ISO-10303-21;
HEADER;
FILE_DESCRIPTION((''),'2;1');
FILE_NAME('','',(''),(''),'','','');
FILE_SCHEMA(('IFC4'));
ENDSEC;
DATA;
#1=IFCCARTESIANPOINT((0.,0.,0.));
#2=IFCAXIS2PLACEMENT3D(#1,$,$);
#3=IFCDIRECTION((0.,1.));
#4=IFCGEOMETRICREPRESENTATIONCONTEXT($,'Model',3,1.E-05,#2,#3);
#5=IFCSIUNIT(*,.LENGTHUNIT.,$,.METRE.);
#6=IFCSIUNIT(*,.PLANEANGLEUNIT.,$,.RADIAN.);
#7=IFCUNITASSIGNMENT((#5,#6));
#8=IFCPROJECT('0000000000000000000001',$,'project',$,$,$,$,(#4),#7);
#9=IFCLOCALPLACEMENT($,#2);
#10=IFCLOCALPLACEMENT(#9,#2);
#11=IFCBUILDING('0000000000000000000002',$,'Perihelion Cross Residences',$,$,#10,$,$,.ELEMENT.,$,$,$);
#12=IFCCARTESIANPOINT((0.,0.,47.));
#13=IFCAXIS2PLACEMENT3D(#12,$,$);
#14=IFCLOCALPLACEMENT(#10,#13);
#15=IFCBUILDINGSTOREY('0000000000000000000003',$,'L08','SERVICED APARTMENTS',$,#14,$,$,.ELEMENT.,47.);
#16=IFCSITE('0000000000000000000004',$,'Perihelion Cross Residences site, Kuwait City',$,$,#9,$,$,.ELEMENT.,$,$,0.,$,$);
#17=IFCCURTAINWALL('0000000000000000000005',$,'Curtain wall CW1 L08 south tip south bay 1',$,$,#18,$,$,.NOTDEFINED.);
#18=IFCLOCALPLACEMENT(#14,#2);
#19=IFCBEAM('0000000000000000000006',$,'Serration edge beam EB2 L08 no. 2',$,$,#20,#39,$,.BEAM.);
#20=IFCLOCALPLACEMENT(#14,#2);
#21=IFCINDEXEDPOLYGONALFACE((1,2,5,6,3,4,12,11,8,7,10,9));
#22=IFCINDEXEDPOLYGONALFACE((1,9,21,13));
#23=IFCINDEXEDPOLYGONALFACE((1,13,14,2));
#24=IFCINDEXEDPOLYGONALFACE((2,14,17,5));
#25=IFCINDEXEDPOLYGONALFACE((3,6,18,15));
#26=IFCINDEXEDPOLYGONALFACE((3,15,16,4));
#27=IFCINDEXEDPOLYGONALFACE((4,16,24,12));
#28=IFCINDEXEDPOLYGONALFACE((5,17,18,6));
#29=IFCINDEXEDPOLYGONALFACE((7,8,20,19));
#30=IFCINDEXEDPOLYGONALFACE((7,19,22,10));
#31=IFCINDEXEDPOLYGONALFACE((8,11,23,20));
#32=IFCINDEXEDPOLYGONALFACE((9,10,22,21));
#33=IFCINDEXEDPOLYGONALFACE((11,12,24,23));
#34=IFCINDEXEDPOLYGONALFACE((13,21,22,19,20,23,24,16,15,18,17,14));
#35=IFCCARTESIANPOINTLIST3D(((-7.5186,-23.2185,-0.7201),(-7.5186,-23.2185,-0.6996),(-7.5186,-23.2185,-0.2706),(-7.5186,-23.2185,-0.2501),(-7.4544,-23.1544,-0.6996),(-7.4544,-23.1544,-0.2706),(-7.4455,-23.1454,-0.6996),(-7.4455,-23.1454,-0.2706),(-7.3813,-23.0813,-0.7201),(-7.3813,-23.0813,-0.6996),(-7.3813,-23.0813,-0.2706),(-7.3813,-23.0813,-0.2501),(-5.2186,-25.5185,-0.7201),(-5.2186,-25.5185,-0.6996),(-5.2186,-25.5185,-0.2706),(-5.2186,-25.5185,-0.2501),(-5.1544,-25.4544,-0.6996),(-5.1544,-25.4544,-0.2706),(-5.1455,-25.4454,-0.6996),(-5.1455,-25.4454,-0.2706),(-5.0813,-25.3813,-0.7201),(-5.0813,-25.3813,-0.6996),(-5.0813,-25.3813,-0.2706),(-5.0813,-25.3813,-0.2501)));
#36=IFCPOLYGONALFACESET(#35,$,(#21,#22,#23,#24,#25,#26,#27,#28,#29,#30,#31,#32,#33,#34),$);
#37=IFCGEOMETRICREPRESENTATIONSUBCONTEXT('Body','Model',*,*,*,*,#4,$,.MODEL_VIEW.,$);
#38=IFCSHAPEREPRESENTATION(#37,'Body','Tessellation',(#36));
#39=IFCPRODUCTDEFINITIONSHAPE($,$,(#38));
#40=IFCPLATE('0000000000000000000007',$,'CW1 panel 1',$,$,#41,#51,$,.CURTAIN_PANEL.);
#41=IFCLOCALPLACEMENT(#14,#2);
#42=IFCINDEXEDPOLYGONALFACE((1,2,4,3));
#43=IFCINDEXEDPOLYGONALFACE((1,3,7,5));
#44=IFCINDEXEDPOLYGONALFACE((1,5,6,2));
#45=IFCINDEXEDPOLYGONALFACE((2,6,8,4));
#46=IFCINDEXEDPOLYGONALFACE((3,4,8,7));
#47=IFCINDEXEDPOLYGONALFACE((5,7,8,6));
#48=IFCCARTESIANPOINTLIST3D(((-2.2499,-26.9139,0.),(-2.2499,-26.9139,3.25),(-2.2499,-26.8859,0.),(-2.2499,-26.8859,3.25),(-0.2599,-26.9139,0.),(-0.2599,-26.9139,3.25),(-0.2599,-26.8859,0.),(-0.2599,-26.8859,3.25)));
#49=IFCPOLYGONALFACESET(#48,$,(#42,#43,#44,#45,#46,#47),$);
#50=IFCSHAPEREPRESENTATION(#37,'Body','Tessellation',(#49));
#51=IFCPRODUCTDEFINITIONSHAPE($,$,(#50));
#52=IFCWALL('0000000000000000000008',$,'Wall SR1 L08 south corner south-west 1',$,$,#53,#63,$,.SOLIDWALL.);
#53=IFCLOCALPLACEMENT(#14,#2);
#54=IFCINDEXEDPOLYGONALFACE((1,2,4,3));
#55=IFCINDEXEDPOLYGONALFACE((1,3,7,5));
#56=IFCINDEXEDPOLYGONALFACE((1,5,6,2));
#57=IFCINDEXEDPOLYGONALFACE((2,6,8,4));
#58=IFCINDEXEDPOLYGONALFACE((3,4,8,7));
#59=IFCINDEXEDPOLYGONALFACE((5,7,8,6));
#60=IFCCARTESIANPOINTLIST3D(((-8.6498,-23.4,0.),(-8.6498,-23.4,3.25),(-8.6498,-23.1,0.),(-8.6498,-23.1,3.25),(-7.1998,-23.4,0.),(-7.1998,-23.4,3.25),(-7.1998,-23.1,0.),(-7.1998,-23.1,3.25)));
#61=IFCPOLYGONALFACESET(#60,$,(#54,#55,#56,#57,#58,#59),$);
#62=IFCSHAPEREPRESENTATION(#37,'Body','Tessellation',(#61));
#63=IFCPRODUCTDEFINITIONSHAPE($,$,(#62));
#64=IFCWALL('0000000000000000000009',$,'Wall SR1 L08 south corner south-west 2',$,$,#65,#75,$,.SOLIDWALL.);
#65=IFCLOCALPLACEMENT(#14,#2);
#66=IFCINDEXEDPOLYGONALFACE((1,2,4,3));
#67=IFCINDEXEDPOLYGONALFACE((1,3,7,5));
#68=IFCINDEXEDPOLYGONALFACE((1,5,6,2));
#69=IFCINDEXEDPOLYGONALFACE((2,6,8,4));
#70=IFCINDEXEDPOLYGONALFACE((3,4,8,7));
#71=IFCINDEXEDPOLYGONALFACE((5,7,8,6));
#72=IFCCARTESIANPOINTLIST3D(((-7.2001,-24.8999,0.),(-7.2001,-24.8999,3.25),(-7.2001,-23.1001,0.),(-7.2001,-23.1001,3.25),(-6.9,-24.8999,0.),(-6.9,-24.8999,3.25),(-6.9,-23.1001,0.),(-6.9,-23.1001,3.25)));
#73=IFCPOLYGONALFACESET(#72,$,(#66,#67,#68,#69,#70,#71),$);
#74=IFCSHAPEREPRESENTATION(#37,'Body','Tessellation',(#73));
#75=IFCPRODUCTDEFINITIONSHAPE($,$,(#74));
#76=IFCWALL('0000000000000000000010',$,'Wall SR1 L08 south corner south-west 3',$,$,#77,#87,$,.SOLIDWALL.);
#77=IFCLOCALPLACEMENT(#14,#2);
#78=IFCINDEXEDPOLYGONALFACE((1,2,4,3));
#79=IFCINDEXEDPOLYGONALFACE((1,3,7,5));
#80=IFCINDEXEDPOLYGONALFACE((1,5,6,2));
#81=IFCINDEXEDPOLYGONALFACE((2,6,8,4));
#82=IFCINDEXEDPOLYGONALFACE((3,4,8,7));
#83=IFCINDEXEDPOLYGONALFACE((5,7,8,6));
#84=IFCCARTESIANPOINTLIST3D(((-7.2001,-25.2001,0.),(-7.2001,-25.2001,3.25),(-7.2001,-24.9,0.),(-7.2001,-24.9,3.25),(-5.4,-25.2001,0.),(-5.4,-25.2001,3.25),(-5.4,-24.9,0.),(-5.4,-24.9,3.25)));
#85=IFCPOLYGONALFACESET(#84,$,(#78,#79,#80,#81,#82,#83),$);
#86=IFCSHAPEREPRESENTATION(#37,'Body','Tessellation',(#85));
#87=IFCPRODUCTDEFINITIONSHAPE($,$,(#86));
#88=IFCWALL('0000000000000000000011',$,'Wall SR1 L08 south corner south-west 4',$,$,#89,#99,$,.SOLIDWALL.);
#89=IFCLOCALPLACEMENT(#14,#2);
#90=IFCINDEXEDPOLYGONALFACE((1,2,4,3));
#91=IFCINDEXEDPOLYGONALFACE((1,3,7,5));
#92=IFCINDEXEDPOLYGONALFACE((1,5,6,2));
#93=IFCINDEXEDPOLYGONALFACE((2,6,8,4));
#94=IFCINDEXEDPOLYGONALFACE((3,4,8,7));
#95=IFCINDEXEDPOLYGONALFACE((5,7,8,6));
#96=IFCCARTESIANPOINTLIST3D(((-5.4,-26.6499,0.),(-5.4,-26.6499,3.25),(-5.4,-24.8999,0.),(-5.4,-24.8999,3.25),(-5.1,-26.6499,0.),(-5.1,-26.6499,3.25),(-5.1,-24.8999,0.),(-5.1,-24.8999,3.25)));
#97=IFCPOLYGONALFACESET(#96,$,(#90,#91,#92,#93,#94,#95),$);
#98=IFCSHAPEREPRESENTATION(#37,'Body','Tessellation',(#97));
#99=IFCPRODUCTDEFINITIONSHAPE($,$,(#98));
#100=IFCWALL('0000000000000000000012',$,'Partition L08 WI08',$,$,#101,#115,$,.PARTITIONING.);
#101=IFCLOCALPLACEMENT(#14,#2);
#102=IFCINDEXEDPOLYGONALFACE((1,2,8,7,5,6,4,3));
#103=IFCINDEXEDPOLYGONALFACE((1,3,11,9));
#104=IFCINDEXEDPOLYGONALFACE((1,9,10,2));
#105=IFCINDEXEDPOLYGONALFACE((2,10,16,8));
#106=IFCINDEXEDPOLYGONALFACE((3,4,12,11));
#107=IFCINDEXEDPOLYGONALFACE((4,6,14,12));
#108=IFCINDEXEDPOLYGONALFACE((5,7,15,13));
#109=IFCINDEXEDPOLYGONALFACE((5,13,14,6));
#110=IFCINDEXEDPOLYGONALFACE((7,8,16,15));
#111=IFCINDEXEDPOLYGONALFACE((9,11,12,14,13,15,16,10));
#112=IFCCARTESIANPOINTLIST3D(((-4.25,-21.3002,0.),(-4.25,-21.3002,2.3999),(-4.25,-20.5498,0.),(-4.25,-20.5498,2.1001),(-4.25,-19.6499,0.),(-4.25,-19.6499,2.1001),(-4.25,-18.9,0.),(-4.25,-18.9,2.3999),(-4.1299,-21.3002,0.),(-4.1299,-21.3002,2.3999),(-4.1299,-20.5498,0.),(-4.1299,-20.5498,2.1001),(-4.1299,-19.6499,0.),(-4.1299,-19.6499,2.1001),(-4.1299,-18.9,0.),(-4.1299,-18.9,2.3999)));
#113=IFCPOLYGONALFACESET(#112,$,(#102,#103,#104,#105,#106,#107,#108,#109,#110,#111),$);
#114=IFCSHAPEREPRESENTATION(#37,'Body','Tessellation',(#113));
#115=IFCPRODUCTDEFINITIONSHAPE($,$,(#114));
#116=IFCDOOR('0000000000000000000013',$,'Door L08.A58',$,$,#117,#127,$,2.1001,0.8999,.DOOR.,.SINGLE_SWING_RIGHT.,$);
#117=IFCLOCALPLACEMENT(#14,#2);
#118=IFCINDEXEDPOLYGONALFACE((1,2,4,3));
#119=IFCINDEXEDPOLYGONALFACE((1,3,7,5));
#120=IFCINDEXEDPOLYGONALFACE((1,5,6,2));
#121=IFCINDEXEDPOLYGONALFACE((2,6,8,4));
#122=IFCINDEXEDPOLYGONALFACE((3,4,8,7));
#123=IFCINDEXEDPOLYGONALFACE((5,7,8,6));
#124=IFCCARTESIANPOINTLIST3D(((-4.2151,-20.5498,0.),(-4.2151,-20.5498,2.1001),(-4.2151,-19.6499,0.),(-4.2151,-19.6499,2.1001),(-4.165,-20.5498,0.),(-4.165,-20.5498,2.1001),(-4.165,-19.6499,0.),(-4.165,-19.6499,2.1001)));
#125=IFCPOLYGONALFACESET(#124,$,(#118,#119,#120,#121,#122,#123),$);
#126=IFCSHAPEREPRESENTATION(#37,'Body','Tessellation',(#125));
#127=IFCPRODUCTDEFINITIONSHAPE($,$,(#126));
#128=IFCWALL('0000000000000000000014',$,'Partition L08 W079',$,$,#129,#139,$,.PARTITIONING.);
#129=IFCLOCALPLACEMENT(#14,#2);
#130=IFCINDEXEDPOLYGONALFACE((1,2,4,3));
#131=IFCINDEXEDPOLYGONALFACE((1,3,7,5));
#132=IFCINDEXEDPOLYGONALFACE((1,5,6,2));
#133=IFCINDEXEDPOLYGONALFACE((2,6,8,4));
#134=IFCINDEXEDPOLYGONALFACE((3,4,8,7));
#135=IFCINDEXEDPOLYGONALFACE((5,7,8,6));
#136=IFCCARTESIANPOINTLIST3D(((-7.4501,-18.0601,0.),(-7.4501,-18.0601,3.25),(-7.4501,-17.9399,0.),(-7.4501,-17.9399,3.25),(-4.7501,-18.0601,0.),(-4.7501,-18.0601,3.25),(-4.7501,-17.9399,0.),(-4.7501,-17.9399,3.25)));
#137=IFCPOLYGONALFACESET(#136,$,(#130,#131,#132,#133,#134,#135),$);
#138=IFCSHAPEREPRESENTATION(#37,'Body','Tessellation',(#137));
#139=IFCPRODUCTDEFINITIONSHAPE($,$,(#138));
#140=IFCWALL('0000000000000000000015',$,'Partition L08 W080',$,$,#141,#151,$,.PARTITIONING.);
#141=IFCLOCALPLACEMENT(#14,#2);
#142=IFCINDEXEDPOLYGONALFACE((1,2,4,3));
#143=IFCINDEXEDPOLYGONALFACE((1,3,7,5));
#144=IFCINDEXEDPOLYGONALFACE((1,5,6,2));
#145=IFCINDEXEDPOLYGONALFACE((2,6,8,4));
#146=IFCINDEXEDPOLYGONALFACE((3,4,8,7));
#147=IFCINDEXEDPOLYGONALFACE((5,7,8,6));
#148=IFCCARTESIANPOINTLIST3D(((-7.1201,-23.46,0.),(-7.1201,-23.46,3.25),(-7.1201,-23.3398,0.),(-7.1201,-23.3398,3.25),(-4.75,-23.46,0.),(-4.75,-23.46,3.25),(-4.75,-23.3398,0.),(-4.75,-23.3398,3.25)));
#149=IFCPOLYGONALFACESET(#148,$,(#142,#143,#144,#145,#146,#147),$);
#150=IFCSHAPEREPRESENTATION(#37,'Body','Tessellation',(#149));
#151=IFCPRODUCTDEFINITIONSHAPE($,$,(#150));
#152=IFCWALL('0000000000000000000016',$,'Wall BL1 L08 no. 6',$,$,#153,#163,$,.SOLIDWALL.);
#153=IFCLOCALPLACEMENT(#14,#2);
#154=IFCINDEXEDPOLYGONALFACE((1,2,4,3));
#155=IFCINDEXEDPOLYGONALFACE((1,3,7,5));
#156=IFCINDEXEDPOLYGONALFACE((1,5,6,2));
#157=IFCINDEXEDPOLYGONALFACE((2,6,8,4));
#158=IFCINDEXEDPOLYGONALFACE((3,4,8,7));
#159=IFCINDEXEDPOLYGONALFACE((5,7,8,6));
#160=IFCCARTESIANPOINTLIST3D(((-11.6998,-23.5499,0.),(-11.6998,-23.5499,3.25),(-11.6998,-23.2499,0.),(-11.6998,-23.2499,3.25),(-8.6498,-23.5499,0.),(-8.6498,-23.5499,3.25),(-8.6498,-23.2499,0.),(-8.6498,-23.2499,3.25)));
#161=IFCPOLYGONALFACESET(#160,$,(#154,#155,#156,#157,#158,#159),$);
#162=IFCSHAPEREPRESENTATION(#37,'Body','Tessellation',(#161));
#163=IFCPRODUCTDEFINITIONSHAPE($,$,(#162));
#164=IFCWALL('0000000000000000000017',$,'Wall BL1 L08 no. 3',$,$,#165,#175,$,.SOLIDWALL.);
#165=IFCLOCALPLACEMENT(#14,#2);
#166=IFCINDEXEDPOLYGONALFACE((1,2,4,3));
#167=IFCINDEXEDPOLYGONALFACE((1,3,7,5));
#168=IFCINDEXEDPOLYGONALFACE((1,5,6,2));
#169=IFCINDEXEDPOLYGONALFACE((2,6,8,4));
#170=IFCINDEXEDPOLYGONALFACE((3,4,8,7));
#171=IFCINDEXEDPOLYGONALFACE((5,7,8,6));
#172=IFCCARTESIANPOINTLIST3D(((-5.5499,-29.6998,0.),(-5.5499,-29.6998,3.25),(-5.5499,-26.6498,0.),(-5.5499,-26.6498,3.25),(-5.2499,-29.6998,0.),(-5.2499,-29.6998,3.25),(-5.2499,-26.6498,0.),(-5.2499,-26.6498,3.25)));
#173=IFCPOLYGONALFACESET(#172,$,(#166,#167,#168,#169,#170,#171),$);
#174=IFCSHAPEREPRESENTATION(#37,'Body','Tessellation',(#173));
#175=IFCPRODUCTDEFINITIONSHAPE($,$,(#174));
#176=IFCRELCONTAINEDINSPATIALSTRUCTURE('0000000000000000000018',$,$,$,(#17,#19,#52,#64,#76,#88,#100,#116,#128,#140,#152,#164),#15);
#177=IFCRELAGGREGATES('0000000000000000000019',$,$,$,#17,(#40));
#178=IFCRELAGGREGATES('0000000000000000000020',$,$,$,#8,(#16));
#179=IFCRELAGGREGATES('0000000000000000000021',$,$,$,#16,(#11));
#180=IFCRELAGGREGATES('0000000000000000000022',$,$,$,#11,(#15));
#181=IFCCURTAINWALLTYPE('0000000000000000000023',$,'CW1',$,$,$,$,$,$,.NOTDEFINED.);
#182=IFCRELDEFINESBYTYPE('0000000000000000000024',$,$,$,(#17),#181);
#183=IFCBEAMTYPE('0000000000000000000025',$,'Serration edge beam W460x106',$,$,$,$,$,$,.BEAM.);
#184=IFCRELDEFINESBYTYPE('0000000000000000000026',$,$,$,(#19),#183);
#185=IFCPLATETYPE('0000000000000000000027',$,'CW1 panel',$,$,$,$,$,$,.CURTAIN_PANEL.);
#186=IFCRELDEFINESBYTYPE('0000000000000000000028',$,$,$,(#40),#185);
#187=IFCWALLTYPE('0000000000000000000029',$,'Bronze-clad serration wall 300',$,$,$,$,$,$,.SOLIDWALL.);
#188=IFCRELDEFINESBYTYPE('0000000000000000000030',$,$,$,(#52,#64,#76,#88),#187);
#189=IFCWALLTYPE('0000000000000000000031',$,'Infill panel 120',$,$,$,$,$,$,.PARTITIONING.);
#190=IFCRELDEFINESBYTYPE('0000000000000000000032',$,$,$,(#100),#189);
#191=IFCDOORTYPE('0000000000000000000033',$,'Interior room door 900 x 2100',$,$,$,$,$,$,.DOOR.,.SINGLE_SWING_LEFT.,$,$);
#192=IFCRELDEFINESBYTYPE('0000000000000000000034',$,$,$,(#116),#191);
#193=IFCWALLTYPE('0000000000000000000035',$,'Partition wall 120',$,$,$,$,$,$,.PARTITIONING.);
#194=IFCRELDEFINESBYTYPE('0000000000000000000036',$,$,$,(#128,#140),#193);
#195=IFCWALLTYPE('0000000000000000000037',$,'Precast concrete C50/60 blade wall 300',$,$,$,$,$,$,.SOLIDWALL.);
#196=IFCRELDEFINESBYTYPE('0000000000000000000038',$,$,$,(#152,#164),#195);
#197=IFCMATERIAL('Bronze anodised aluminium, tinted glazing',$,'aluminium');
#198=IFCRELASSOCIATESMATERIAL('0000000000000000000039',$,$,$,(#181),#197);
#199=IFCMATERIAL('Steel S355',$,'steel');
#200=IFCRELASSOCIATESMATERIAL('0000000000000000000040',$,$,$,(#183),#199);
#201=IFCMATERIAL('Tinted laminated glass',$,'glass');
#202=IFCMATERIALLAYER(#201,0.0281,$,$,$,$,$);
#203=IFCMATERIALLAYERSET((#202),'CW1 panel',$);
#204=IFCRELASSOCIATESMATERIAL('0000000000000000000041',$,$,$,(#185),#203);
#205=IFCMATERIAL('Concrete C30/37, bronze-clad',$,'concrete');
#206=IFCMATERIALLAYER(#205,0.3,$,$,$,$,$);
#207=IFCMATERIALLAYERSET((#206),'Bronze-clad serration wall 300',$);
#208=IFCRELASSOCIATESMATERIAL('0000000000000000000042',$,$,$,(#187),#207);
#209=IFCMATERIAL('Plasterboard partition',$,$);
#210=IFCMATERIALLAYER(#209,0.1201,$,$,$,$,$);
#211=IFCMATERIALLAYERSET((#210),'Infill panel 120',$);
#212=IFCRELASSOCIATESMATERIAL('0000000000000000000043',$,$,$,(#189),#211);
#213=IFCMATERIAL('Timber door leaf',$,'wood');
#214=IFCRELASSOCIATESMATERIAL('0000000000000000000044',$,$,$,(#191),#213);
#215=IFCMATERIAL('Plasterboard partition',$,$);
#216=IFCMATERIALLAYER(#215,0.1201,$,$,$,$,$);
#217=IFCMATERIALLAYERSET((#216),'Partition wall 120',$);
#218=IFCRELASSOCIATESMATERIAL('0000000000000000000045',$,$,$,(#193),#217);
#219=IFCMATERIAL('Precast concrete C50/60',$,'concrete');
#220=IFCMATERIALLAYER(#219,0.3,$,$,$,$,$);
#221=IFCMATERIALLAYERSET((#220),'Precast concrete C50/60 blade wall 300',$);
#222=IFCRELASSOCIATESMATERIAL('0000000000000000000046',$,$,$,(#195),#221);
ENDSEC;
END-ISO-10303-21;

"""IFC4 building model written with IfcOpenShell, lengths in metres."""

from ifc_helpers import new_model, si_unit, direction, frame, frame_2d, origin, origin_2d, place, context, subcontext, project, spatial, rectangle, i_section, extrude, material, layer, layer_set, material_profile, profile_set, type_object, element, fill, aggregate, save


model = new_model("IFC4")

# Units and contexts
model_context = context("Model", 3, precision=1e-05, world=origin(), true_north=direction((0.0, 1.0)))
body_context = subcontext(model_context, "Body", "Model", "MODEL_VIEW")
ifc_project = project(units=[si_unit("LENGTHUNIT", "METRE"), si_unit("PLANEANGLEUNIT", "RADIAN")], contexts=[model_context])

# Site, building, storey
site_placement = place(None, origin())
site = spatial("IfcSite", under=ifc_project, at=site_placement, Name="Perihelion Cross Residences site, Kuwait City", CompositionType="ELEMENT", RefElevation=0.0)
building_placement = place(site_placement, origin())
building = spatial("IfcBuilding", under=site, at=building_placement, Name="Perihelion Cross Residences", CompositionType="ELEMENT")
storey_placement = place(building_placement, frame((0.0, 0.0, 47.0)))
storey = spatial("IfcBuildingStorey", under=building, at=storey_placement, Name="L08", Description="SERVICED APARTMENTS", CompositionType="ELEMENT", Elevation=47.0)

# Curtain wall
ifc_material_1 = material(Name="Bronze anodised aluminium, tinted glazing", Category="aluminium")
curtain_wall_type = type_object("IfcCurtainWallType", Name="CW1", PredefinedType="NOTDEFINED", material=ifc_material_1)
curtain_wall_placement = place(storey_placement, origin())
curtain_wall = element("IfcCurtainWall", 1, at=curtain_wall_placement, inside=storey, type_object=curtain_wall_type, Name="Curtain wall CW1 L08 south tip south bay 1", PredefinedType="NOTDEFINED")

# Beam
ifc_material_2 = material(Name="Steel S355", Category="steel")
ifc_material_profile_1 = material_profile(ifc_material_2, i_section(OverallWidth=0.1941, OverallDepth=0.47, WebThickness=0.0127, FlangeThickness=0.0205, at=origin_2d()), Name="W460x106")
ifc_profile_set_1 = profile_set([ifc_material_profile_1], Name="Steel S355")
beam_type_1 = type_object("IfcBeamType", Name="Serration edge beam W460x106", PredefinedType="BEAM", material=ifc_profile_set_1)
beam_1_placement = place(storey_placement, frame((-7.45, -23.1499, -0.4851), z_axis=(0.707107, -0.707107, 0.0), x_axis=(0.707107, 0.707107, 0.0)))
element("IfcBeam", 2, at=beam_1_placement, inside=storey, type_object=beam_type_1, Name="Serration edge beam EB2 L08 no. 2", PredefinedType="BEAM", context=body_context, shape_type="SweptSolid", body=[
    extrude(i_section(OverallWidth=0.1941, OverallDepth=0.47, WebThickness=0.0127, FlangeThickness=0.0205, at=origin_2d()), origin(), (0.0, 0.0, 1.0), 3.2527),
])

# Plate
ifc_material_3 = material(Name="Tinted laminated glass", Category="glass")
ifc_layer_1 = layer(ifc_material_3, 0.0281)
ifc_layer_set_1 = layer_set([ifc_layer_1], Name="CW1 panel")
plate_type = type_object("IfcPlateType", Name="CW1 panel", PredefinedType="CURTAIN_PANEL", material=ifc_layer_set_1)
plate_placement = place(storey_placement, frame((-1.2549, -26.8999, 0.0), z_axis=(0.0, 0.0, 1.0), x_axis=(1.0, 0.0, 0.0)))
plate = element("IfcPlate", 3, at=plate_placement, type_object=plate_type, Name="CW1 panel 1", PredefinedType="CURTAIN_PANEL", context=body_context, shape_type="SweptSolid", body=[
    extrude(rectangle(XDim=1.99, YDim=0.0281, at=origin_2d()), origin(), (0.0, 0.0, 1.0), 3.25),
])
aggregate(curtain_wall, [plate])

# Walls
ifc_material_4 = material(Name="Concrete C30/37, bronze-clad", Category="concrete")
ifc_layer_2 = layer(ifc_material_4, 0.3)
ifc_layer_set_2 = layer_set([ifc_layer_2], Name="Bronze-clad serration wall 300")
wall_type_1 = type_object("IfcWallType", Name="Bronze-clad serration wall 300", PredefinedType="SOLIDWALL", material=ifc_layer_set_2)
wall_1_placement = place(storey_placement, frame((-8.6499, -23.25, 0.0), z_axis=(0.0, 0.0, 1.0), x_axis=(1.0, 0.0, 0.0)))
element("IfcWall", 4, at=wall_1_placement, inside=storey, type_object=wall_type_1, Name="Wall SR1 L08 south corner south-west 1", PredefinedType="SOLIDWALL", context=body_context, shape_type="SweptSolid", body=[
    extrude(rectangle(XDim=1.45, YDim=0.3, at=frame_2d((0.7251, 0.0))), origin(), (0.0, 0.0, 1.0), 3.25),
])
wall_2_placement = place(storey_placement, frame((-7.05, -23.1001, 0.0), z_axis=(0.0, 0.0, 1.0), x_axis=(0.0, -1.0, 0.0)))
element("IfcWall", 5, at=wall_2_placement, inside=storey, type_object=wall_type_1, Name="Wall SR1 L08 south corner south-west 2", PredefinedType="SOLIDWALL", context=body_context, shape_type="SweptSolid", body=[
    extrude(rectangle(XDim=1.7998, YDim=0.3, at=frame_2d((0.8999, 0.0))), origin(), (0.0, 0.0, 1.0), 3.25),
])
wall_3_placement = place(storey_placement, frame((-7.2, -25.05, 0.0), z_axis=(0.0, 0.0, 1.0), x_axis=(1.0, 0.0, 0.0)))
element("IfcWall", 6, at=wall_3_placement, inside=storey, type_object=wall_type_1, Name="Wall SR1 L08 south corner south-west 3", PredefinedType="SOLIDWALL", context=body_context, shape_type="SweptSolid", body=[
    extrude(rectangle(XDim=1.8, YDim=0.3, at=frame_2d((0.8999, 0.0))), origin(), (0.0, 0.0, 1.0), 3.25),
])
wall_4_placement = place(storey_placement, frame((-5.25, -24.8999, 0.0), z_axis=(0.0, 0.0, 1.0), x_axis=(0.0, -1.0, 0.0)))
element("IfcWall", 7, at=wall_4_placement, inside=storey, type_object=wall_type_1, Name="Wall SR1 L08 south corner south-west 4", PredefinedType="SOLIDWALL", context=body_context, shape_type="SweptSolid", body=[
    extrude(rectangle(XDim=1.75, YDim=0.3, at=frame_2d((0.875, 0.0))), origin(), (0.0, 0.0, 1.0), 3.25),
])

# Wall, opening, door
ifc_material_5 = material(Name="Plasterboard partition")
ifc_layer_3 = layer(ifc_material_5, 0.1201)
ifc_layer_set_3 = layer_set([ifc_layer_3], Name="Infill panel 120")
wall_type_2 = type_object("IfcWallType", Name="Infill panel 120", PredefinedType="PARTITIONING", material=ifc_layer_set_3)
wall_5_placement = place(storey_placement, frame((-4.1899, -18.8999, 0.0), z_axis=(0.0, 0.0, 1.0), x_axis=(0.0, -1.0, 0.0)))
wall_5 = element("IfcWall", 8, at=wall_5_placement, inside=storey, type_object=wall_type_2, Name="Partition L08 WI08", PredefinedType="PARTITIONING", context=body_context, shape_type="SweptSolid", body=[
    extrude(rectangle(XDim=2.4001, YDim=0.1201, at=frame_2d((1.2002, 0.0))), origin(), (0.0, 0.0, 1.0), 2.3999),
])
opening_1_placement = place(wall_5_placement, frame((0.75, 0.0, 0.0)))
opening_1 = element("IfcOpeningElement", 9, at=opening_1_placement, cuts=wall_5, PredefinedType="OPENING", context=body_context, shape_type="SweptSolid", body=[
    extrude(rectangle(XDim=0.8999, YDim=2.1001, at=frame_2d((0.45, 1.05))), frame((0.0, 0.0701, 0.0), z_axis=(0.0, -1.0, 0.0), x_axis=(1.0, 0.0, 0.0)), (0.0, 0.0, 1.0), 0.1401),
])
ifc_material_6 = material(Name="Timber door leaf", Category="wood")
door_type_1 = type_object("IfcDoorType", Name="Interior room door 900 x 2100", OperationType="SINGLE_SWING_LEFT", PredefinedType="DOOR", material=ifc_material_6)
door_1_placement = place(opening_1_placement, origin())
door_1 = element("IfcDoor", 10, at=door_1_placement, inside=storey, type_object=door_type_1, Name="Door L08.A58", OperationType="SINGLE_SWING_RIGHT", OverallHeight=2.1001, OverallWidth=0.8999, PredefinedType="DOOR", context=body_context, shape_type="SweptSolid", body=[
    extrude(rectangle(XDim=0.8999, YDim=2.1001, at=frame_2d((0.45, 1.05))), frame((0.0, 0.0249, 0.0), z_axis=(0.0, -1.0, 0.0), x_axis=(1.0, 0.0, 0.0)), (0.0, 0.0, 1.0), 0.05),
])
fill(opening_1, door_1)

# Walls
ifc_material_7 = material(Name="Plasterboard partition")
ifc_layer_4 = layer(ifc_material_7, 0.1201)
ifc_layer_set_4 = layer_set([ifc_layer_4], Name="Partition wall 120")
wall_type_3 = type_object("IfcWallType", Name="Partition wall 120", PredefinedType="PARTITIONING", material=ifc_layer_set_4)
wall_6_placement = place(storey_placement, frame((-4.75, -18.0, 0.0), z_axis=(0.0, 0.0, 1.0), x_axis=(-1.0, 0.0, 0.0)))
element("IfcWall", 11, at=wall_6_placement, inside=storey, type_object=wall_type_3, Name="Partition L08 W079", PredefinedType="PARTITIONING", context=body_context, shape_type="SweptSolid", body=[
    extrude(rectangle(XDim=2.7, YDim=0.1201, at=frame_2d((1.3501, 0.0))), origin(), (0.0, 0.0, 1.0), 3.25),
])
wall_7_placement = place(storey_placement, frame((-4.75, -23.3999, 0.0), z_axis=(0.0, 0.0, 1.0), x_axis=(-1.0, 0.0, 0.0)))
element("IfcWall", 12, at=wall_7_placement, inside=storey, type_object=wall_type_3, Name="Partition L08 W080", PredefinedType="PARTITIONING", context=body_context, shape_type="SweptSolid", body=[
    extrude(rectangle(XDim=2.3701, YDim=0.1201, at=frame_2d((1.1851, 0.0))), origin(), (0.0, 0.0, 1.0), 3.25),
])
ifc_material_8 = material(Name="Precast concrete C50/60", Category="concrete")
ifc_layer_5 = layer(ifc_material_8, 0.3)
ifc_layer_set_5 = layer_set([ifc_layer_5], Name="Precast concrete C50/60 blade wall 300")
wall_type_4 = type_object("IfcWallType", Name="Precast concrete C50/60 blade wall 300", PredefinedType="SOLIDWALL", material=ifc_layer_set_5)
for number, where, z_axis, x_axis, name in (
    (13, (-8.6499, -23.3999, 0.0), (0.0, 0.0, 1.0), (-1.0, 0.0, 0.0), "Wall BL1 L08 no. 6"),
    (14, (-5.3999, -26.6499, 0.0), (0.0, 0.0, 1.0), (0.0, -1.0, 0.0), "Wall BL1 L08 no. 3"),
):
    element("IfcWall", number, at=place(storey_placement, frame(where, z_axis=z_axis, x_axis=x_axis)), inside=storey, type_object=wall_type_4, Name=name, PredefinedType="SOLIDWALL", context=body_context, shape_type="SweptSolid", body=[
        extrude(rectangle(XDim=3.05, YDim=0.3, at=frame_2d((1.5249, 0.0))), origin(), (0.0, 0.0, 1.0), 3.25),
    ])

save(model, "model.ifc")
